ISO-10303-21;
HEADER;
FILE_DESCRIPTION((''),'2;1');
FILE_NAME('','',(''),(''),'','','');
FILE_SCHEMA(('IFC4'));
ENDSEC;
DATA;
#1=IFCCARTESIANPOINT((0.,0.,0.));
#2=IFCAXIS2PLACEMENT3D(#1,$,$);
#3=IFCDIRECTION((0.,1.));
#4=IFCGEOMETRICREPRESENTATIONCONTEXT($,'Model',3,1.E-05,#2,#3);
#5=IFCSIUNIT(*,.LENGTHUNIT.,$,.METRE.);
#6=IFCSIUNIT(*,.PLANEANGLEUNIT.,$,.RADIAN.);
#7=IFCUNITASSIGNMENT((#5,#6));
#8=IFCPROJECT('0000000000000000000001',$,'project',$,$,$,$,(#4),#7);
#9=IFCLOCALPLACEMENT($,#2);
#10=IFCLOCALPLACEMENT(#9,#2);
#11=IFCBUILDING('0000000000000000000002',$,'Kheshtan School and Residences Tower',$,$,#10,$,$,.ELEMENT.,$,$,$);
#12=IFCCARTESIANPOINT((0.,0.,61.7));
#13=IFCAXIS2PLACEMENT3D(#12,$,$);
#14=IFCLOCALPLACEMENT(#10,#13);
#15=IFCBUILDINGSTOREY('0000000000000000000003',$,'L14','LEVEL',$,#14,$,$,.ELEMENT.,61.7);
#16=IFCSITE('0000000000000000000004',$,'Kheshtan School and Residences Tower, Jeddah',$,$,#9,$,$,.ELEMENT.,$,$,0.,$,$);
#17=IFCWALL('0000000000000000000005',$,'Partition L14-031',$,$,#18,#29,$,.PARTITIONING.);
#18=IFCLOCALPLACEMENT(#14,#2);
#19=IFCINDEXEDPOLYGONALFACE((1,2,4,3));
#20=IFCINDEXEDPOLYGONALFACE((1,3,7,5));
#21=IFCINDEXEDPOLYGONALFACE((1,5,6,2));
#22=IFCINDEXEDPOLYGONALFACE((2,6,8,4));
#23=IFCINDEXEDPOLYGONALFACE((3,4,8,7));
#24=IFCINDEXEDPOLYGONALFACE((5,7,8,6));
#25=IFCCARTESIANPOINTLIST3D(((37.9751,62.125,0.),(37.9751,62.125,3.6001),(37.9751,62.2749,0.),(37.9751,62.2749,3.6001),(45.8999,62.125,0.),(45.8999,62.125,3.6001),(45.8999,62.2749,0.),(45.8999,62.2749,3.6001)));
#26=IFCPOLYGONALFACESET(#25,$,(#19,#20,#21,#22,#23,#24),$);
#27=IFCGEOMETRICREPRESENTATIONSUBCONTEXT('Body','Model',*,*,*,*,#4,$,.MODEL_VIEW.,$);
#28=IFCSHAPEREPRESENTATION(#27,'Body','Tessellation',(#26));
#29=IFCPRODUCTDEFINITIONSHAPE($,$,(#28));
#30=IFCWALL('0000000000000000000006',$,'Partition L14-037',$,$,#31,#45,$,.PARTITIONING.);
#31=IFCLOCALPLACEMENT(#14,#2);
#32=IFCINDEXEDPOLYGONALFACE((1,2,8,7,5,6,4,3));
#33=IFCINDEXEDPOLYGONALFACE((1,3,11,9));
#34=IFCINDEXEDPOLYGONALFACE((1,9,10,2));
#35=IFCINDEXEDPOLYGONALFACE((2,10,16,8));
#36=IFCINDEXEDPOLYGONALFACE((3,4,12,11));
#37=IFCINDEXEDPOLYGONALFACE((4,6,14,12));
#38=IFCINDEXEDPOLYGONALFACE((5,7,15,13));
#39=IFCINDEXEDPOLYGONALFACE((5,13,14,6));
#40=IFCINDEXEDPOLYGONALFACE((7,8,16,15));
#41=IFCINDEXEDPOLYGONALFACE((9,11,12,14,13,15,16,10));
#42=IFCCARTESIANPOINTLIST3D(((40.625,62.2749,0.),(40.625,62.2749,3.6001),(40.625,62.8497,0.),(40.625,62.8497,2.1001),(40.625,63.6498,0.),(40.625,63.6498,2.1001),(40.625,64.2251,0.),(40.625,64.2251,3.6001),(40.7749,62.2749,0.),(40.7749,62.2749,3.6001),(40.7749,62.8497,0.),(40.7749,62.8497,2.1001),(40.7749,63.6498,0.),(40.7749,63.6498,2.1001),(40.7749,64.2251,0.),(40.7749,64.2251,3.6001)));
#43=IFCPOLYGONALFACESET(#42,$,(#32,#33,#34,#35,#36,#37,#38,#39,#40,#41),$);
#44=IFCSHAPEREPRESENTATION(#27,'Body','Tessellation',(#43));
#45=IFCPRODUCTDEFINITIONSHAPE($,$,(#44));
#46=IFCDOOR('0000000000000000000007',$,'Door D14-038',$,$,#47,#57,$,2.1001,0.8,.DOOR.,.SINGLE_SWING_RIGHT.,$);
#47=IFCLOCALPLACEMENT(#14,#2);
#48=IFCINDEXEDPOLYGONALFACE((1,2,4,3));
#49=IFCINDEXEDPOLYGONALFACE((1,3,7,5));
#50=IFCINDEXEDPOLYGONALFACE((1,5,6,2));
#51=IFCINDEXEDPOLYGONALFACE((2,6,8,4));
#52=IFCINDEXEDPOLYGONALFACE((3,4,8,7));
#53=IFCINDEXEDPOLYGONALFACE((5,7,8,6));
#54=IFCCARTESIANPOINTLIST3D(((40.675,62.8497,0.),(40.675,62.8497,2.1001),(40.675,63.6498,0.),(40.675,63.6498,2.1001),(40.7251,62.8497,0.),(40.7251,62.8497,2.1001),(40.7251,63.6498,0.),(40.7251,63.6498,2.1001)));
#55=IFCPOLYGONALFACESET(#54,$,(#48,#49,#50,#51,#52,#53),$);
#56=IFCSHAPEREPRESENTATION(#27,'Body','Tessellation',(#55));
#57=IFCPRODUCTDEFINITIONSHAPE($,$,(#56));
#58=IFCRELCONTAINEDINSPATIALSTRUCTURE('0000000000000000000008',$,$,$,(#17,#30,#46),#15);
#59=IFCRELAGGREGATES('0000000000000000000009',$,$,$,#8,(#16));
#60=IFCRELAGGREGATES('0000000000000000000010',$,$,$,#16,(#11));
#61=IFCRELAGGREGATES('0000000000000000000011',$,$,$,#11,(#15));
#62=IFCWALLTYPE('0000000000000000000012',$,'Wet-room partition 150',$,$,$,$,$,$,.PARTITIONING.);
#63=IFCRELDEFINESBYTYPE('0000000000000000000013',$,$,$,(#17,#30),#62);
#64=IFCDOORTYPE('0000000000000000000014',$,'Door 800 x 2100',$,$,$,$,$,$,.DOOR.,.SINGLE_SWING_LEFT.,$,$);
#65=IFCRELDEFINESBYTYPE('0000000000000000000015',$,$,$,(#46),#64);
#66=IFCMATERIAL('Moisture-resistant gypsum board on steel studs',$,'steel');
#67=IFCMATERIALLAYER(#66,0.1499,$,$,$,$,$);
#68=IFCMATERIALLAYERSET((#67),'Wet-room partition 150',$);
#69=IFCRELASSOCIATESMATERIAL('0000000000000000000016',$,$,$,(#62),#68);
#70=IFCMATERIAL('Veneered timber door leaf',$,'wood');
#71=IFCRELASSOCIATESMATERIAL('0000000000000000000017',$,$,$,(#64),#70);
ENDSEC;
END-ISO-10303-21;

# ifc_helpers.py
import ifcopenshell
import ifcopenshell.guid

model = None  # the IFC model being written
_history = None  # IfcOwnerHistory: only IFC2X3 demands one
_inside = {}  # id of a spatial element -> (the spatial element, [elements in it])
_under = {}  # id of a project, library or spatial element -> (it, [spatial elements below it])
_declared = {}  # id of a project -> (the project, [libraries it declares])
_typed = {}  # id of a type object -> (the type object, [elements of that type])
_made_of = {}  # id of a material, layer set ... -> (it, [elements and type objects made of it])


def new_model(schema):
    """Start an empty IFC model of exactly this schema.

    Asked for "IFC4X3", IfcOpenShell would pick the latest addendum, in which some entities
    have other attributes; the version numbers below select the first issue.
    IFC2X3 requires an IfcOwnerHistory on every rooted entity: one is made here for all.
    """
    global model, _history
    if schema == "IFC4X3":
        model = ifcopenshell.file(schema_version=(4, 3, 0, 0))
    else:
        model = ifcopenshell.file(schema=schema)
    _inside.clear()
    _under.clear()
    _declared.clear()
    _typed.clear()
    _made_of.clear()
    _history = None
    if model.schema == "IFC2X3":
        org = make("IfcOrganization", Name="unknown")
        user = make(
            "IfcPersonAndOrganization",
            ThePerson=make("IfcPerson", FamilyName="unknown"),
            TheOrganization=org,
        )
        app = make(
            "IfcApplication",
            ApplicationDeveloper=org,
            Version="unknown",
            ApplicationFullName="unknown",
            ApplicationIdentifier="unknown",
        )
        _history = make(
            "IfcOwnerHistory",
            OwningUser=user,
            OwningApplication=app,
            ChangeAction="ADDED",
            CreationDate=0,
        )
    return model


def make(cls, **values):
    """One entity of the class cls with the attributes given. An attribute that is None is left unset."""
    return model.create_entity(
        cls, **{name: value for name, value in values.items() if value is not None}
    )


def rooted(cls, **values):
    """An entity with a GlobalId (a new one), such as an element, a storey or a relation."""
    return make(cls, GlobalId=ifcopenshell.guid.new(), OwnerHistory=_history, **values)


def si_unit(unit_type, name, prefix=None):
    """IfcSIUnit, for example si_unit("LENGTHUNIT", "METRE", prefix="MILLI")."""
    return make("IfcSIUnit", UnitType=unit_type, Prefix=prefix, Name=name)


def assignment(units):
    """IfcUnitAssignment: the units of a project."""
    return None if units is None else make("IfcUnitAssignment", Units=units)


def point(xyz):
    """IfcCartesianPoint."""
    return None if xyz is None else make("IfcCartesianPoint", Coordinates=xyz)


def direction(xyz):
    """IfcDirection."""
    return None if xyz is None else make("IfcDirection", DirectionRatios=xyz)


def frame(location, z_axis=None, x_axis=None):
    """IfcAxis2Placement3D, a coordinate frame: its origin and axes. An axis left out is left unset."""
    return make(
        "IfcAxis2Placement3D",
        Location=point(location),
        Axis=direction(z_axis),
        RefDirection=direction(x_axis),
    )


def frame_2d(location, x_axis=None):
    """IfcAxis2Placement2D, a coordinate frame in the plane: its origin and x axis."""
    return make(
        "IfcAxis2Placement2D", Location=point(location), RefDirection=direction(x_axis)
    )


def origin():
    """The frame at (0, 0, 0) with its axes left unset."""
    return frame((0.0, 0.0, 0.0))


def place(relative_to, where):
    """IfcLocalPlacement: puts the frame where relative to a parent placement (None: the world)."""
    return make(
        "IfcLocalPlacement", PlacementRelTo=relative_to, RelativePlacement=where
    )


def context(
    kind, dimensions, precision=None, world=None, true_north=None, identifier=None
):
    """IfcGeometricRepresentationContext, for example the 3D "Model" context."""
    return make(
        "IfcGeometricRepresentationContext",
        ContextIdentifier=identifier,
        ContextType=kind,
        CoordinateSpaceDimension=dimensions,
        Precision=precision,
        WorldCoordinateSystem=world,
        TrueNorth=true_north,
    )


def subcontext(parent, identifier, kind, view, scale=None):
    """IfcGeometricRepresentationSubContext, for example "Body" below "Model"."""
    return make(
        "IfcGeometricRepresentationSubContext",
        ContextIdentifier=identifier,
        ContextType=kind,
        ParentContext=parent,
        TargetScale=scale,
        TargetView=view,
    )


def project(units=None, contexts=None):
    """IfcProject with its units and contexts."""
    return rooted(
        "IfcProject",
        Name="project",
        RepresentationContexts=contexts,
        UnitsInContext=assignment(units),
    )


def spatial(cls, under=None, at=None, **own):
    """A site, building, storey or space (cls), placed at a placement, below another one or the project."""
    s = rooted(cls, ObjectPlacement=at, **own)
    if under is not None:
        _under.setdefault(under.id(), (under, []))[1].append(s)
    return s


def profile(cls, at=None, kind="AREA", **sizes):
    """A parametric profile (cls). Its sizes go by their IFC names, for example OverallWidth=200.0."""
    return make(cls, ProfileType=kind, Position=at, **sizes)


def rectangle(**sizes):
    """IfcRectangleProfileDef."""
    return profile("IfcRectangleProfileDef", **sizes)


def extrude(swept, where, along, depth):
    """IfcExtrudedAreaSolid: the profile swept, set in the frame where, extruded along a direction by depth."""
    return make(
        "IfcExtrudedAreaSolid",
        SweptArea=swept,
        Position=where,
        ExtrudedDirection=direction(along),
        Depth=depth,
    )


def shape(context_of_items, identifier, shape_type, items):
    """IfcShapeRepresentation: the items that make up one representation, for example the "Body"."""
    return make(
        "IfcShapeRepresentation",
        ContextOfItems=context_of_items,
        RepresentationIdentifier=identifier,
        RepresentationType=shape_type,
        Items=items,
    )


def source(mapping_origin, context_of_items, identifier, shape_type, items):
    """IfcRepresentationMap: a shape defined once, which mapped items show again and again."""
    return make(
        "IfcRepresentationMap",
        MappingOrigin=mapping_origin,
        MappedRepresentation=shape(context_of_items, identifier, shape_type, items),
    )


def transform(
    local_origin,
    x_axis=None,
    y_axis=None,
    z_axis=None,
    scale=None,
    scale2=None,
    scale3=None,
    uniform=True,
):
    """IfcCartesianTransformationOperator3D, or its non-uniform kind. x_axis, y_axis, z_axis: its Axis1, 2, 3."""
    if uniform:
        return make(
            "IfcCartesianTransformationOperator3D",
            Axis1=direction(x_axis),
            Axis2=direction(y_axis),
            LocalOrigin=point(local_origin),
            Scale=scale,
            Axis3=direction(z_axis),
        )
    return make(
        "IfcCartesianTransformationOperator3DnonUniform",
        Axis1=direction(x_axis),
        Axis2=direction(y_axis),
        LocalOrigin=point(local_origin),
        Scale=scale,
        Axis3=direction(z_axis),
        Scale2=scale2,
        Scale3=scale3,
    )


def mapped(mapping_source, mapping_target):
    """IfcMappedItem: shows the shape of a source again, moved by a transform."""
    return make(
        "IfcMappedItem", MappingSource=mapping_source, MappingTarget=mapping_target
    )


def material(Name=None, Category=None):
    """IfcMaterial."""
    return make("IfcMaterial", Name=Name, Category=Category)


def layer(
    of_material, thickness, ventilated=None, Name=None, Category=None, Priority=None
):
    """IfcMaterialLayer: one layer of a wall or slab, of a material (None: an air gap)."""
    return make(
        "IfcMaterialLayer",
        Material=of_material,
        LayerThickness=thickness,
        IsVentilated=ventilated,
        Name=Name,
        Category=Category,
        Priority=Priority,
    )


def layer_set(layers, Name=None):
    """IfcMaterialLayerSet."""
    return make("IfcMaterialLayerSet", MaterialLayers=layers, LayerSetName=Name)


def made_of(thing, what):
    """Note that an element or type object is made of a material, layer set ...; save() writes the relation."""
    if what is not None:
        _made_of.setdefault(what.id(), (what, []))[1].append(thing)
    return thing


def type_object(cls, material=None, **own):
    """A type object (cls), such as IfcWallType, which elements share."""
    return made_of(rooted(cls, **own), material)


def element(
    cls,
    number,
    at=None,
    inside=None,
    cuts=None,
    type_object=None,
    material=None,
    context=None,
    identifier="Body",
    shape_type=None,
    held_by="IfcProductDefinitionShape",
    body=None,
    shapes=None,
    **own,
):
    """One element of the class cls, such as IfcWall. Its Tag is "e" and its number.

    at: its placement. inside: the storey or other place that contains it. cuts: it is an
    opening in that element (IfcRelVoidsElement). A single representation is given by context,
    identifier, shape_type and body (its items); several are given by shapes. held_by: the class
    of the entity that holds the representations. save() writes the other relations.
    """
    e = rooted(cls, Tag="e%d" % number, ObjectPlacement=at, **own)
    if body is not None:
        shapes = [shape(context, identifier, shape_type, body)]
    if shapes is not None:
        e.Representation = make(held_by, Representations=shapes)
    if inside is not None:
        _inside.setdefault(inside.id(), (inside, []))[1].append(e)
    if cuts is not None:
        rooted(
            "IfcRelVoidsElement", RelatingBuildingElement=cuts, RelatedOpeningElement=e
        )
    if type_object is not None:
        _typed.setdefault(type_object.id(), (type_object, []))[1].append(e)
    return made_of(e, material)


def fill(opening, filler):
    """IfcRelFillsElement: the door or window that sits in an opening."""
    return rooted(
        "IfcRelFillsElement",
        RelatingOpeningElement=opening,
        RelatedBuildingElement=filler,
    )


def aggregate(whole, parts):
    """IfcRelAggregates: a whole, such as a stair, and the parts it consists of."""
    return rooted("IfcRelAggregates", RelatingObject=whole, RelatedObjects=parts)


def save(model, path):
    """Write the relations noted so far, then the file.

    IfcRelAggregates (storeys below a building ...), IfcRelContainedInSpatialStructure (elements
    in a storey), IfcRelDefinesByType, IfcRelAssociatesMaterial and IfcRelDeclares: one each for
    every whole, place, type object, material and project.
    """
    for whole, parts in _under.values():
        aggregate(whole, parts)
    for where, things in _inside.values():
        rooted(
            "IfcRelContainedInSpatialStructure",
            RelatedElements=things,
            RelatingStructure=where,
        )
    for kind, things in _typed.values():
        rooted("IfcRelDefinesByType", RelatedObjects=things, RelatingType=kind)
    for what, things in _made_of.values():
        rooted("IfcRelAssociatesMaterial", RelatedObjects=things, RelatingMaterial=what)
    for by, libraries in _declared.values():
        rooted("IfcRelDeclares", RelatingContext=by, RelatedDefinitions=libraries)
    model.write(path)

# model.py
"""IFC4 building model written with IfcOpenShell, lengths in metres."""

from ifc_helpers import new_model, si_unit, direction, frame, frame_2d, origin, place, context, subcontext, project, spatial, rectangle, extrude, source, transform, mapped, material, layer, layer_set, type_object, element, fill, save


model = new_model("IFC4")

# Units and contexts
model_context = context("Model", 3, precision=1e-05, world=origin(), true_north=direction((0.0, 1.0)))
body_context = subcontext(model_context, "Body", "Model", "MODEL_VIEW")
ifc_project = project(units=[si_unit("LENGTHUNIT", "METRE"), si_unit("PLANEANGLEUNIT", "RADIAN")], contexts=[model_context])

# Site, building, storey
site_placement = place(None, origin())
site = spatial("IfcSite", under=ifc_project, at=site_placement, Name="Kheshtan School and Residences Tower, Jeddah", CompositionType="ELEMENT", RefElevation=0.0)
building_placement = place(site_placement, origin())
building = spatial("IfcBuilding", under=site, at=building_placement, Name="Kheshtan School and Residences Tower", CompositionType="ELEMENT")
storey_placement = place(building_placement, frame((0.0, 0.0, 61.7)))
storey = spatial("IfcBuildingStorey", under=building, at=storey_placement, Name="L14", Description="LEVEL", CompositionType="ELEMENT", Elevation=61.7)

# Shared definitions
ifc_material_1 = material(Name="Moisture-resistant gypsum board on steel studs", Category="steel")
ifc_layer_1 = layer(ifc_material_1, 0.1499)
ifc_layer_set_1 = layer_set([ifc_layer_1], Name="Wet-room partition 150")
wall_type_1 = type_object("IfcWallType", Name="Wet-room partition 150", PredefinedType="PARTITIONING", material=ifc_layer_set_1)
ifc_material_2 = material(Name="Veneered timber door leaf", Category="wood")
door_type_1 = type_object("IfcDoorType", Name="Door 800 x 2100", OperationType="SINGLE_SWING_LEFT", PredefinedType="DOOR", material=ifc_material_2)
shared_shape_1 = source(origin(), body_context, "Body", "SweptSolid", [
    extrude(rectangle(XDim=0.8, YDim=2.1001, at=frame_2d((0.3999, 1.05))), frame((0.0, 0.0249, 0.0), z_axis=(0.0, -1.0, 0.0), x_axis=(1.0, 0.0, 0.0)), (0.0, 0.0, 1.0), 0.05),
])

# Wall
wall_1_placement = place(storey_placement, frame((37.9751, 62.2, 0.0), z_axis=(0.0, 0.0, 1.0), x_axis=(1.0, 0.0, 0.0)))
element("IfcWall", 1, at=wall_1_placement, inside=storey, type_object=wall_type_1, Name="Partition L14-031", PredefinedType="PARTITIONING", context=body_context, shape_type="SweptSolid", body=[
    extrude(rectangle(XDim=7.9248, YDim=0.1499, at=frame_2d((3.9624, 0.0))), origin(), (0.0, 0.0, 1.0), 3.6001),
])

# Wall, opening, door
wall_2_placement = place(storey_placement, frame((40.7, 62.2749, 0.0), z_axis=(0.0, 0.0, 1.0), x_axis=(0.0, 1.0, 0.0)))
wall_2 = element("IfcWall", 2, at=wall_2_placement, inside=storey, type_object=wall_type_1, Name="Partition L14-037", PredefinedType="PARTITIONING", context=body_context, shape_type="SweptSolid", body=[
    extrude(rectangle(XDim=1.9502, YDim=0.1499, at=frame_2d((0.9751, 0.0))), origin(), (0.0, 0.0, 1.0), 3.6001),
])
opening_1_placement = place(wall_2_placement, frame((0.575, 0.0, 0.0)))
opening_1 = element("IfcOpeningElement", 3, at=opening_1_placement, cuts=wall_2, PredefinedType="OPENING", context=body_context, shape_type="SweptSolid", body=[
    extrude(rectangle(XDim=0.8, YDim=2.1001, at=frame_2d((0.3999, 1.05))), frame((0.0, 0.085, 0.0), z_axis=(0.0, -1.0, 0.0), x_axis=(1.0, 0.0, 0.0)), (0.0, 0.0, 1.0), 0.1699),
])
door_1_placement = place(opening_1_placement, origin())
door_1 = element("IfcDoor", 4, at=door_1_placement, inside=storey, type_object=door_type_1, Name="Door D14-038", OperationType="SINGLE_SWING_RIGHT", OverallHeight=2.1001, OverallWidth=0.8, PredefinedType="DOOR", context=body_context, shape_type="MappedRepresentation", body=[
    mapped(shared_shape_1, transform((0.0, 0.0, 0.0), x_axis=(1.0, 0.0, 0.0), y_axis=(0.0, 1.0, 0.0), z_axis=(0.0, 0.0, 1.0), scale=1.0)),
])
fill(opening_1, door_1)

save(model, "model.ifc")
